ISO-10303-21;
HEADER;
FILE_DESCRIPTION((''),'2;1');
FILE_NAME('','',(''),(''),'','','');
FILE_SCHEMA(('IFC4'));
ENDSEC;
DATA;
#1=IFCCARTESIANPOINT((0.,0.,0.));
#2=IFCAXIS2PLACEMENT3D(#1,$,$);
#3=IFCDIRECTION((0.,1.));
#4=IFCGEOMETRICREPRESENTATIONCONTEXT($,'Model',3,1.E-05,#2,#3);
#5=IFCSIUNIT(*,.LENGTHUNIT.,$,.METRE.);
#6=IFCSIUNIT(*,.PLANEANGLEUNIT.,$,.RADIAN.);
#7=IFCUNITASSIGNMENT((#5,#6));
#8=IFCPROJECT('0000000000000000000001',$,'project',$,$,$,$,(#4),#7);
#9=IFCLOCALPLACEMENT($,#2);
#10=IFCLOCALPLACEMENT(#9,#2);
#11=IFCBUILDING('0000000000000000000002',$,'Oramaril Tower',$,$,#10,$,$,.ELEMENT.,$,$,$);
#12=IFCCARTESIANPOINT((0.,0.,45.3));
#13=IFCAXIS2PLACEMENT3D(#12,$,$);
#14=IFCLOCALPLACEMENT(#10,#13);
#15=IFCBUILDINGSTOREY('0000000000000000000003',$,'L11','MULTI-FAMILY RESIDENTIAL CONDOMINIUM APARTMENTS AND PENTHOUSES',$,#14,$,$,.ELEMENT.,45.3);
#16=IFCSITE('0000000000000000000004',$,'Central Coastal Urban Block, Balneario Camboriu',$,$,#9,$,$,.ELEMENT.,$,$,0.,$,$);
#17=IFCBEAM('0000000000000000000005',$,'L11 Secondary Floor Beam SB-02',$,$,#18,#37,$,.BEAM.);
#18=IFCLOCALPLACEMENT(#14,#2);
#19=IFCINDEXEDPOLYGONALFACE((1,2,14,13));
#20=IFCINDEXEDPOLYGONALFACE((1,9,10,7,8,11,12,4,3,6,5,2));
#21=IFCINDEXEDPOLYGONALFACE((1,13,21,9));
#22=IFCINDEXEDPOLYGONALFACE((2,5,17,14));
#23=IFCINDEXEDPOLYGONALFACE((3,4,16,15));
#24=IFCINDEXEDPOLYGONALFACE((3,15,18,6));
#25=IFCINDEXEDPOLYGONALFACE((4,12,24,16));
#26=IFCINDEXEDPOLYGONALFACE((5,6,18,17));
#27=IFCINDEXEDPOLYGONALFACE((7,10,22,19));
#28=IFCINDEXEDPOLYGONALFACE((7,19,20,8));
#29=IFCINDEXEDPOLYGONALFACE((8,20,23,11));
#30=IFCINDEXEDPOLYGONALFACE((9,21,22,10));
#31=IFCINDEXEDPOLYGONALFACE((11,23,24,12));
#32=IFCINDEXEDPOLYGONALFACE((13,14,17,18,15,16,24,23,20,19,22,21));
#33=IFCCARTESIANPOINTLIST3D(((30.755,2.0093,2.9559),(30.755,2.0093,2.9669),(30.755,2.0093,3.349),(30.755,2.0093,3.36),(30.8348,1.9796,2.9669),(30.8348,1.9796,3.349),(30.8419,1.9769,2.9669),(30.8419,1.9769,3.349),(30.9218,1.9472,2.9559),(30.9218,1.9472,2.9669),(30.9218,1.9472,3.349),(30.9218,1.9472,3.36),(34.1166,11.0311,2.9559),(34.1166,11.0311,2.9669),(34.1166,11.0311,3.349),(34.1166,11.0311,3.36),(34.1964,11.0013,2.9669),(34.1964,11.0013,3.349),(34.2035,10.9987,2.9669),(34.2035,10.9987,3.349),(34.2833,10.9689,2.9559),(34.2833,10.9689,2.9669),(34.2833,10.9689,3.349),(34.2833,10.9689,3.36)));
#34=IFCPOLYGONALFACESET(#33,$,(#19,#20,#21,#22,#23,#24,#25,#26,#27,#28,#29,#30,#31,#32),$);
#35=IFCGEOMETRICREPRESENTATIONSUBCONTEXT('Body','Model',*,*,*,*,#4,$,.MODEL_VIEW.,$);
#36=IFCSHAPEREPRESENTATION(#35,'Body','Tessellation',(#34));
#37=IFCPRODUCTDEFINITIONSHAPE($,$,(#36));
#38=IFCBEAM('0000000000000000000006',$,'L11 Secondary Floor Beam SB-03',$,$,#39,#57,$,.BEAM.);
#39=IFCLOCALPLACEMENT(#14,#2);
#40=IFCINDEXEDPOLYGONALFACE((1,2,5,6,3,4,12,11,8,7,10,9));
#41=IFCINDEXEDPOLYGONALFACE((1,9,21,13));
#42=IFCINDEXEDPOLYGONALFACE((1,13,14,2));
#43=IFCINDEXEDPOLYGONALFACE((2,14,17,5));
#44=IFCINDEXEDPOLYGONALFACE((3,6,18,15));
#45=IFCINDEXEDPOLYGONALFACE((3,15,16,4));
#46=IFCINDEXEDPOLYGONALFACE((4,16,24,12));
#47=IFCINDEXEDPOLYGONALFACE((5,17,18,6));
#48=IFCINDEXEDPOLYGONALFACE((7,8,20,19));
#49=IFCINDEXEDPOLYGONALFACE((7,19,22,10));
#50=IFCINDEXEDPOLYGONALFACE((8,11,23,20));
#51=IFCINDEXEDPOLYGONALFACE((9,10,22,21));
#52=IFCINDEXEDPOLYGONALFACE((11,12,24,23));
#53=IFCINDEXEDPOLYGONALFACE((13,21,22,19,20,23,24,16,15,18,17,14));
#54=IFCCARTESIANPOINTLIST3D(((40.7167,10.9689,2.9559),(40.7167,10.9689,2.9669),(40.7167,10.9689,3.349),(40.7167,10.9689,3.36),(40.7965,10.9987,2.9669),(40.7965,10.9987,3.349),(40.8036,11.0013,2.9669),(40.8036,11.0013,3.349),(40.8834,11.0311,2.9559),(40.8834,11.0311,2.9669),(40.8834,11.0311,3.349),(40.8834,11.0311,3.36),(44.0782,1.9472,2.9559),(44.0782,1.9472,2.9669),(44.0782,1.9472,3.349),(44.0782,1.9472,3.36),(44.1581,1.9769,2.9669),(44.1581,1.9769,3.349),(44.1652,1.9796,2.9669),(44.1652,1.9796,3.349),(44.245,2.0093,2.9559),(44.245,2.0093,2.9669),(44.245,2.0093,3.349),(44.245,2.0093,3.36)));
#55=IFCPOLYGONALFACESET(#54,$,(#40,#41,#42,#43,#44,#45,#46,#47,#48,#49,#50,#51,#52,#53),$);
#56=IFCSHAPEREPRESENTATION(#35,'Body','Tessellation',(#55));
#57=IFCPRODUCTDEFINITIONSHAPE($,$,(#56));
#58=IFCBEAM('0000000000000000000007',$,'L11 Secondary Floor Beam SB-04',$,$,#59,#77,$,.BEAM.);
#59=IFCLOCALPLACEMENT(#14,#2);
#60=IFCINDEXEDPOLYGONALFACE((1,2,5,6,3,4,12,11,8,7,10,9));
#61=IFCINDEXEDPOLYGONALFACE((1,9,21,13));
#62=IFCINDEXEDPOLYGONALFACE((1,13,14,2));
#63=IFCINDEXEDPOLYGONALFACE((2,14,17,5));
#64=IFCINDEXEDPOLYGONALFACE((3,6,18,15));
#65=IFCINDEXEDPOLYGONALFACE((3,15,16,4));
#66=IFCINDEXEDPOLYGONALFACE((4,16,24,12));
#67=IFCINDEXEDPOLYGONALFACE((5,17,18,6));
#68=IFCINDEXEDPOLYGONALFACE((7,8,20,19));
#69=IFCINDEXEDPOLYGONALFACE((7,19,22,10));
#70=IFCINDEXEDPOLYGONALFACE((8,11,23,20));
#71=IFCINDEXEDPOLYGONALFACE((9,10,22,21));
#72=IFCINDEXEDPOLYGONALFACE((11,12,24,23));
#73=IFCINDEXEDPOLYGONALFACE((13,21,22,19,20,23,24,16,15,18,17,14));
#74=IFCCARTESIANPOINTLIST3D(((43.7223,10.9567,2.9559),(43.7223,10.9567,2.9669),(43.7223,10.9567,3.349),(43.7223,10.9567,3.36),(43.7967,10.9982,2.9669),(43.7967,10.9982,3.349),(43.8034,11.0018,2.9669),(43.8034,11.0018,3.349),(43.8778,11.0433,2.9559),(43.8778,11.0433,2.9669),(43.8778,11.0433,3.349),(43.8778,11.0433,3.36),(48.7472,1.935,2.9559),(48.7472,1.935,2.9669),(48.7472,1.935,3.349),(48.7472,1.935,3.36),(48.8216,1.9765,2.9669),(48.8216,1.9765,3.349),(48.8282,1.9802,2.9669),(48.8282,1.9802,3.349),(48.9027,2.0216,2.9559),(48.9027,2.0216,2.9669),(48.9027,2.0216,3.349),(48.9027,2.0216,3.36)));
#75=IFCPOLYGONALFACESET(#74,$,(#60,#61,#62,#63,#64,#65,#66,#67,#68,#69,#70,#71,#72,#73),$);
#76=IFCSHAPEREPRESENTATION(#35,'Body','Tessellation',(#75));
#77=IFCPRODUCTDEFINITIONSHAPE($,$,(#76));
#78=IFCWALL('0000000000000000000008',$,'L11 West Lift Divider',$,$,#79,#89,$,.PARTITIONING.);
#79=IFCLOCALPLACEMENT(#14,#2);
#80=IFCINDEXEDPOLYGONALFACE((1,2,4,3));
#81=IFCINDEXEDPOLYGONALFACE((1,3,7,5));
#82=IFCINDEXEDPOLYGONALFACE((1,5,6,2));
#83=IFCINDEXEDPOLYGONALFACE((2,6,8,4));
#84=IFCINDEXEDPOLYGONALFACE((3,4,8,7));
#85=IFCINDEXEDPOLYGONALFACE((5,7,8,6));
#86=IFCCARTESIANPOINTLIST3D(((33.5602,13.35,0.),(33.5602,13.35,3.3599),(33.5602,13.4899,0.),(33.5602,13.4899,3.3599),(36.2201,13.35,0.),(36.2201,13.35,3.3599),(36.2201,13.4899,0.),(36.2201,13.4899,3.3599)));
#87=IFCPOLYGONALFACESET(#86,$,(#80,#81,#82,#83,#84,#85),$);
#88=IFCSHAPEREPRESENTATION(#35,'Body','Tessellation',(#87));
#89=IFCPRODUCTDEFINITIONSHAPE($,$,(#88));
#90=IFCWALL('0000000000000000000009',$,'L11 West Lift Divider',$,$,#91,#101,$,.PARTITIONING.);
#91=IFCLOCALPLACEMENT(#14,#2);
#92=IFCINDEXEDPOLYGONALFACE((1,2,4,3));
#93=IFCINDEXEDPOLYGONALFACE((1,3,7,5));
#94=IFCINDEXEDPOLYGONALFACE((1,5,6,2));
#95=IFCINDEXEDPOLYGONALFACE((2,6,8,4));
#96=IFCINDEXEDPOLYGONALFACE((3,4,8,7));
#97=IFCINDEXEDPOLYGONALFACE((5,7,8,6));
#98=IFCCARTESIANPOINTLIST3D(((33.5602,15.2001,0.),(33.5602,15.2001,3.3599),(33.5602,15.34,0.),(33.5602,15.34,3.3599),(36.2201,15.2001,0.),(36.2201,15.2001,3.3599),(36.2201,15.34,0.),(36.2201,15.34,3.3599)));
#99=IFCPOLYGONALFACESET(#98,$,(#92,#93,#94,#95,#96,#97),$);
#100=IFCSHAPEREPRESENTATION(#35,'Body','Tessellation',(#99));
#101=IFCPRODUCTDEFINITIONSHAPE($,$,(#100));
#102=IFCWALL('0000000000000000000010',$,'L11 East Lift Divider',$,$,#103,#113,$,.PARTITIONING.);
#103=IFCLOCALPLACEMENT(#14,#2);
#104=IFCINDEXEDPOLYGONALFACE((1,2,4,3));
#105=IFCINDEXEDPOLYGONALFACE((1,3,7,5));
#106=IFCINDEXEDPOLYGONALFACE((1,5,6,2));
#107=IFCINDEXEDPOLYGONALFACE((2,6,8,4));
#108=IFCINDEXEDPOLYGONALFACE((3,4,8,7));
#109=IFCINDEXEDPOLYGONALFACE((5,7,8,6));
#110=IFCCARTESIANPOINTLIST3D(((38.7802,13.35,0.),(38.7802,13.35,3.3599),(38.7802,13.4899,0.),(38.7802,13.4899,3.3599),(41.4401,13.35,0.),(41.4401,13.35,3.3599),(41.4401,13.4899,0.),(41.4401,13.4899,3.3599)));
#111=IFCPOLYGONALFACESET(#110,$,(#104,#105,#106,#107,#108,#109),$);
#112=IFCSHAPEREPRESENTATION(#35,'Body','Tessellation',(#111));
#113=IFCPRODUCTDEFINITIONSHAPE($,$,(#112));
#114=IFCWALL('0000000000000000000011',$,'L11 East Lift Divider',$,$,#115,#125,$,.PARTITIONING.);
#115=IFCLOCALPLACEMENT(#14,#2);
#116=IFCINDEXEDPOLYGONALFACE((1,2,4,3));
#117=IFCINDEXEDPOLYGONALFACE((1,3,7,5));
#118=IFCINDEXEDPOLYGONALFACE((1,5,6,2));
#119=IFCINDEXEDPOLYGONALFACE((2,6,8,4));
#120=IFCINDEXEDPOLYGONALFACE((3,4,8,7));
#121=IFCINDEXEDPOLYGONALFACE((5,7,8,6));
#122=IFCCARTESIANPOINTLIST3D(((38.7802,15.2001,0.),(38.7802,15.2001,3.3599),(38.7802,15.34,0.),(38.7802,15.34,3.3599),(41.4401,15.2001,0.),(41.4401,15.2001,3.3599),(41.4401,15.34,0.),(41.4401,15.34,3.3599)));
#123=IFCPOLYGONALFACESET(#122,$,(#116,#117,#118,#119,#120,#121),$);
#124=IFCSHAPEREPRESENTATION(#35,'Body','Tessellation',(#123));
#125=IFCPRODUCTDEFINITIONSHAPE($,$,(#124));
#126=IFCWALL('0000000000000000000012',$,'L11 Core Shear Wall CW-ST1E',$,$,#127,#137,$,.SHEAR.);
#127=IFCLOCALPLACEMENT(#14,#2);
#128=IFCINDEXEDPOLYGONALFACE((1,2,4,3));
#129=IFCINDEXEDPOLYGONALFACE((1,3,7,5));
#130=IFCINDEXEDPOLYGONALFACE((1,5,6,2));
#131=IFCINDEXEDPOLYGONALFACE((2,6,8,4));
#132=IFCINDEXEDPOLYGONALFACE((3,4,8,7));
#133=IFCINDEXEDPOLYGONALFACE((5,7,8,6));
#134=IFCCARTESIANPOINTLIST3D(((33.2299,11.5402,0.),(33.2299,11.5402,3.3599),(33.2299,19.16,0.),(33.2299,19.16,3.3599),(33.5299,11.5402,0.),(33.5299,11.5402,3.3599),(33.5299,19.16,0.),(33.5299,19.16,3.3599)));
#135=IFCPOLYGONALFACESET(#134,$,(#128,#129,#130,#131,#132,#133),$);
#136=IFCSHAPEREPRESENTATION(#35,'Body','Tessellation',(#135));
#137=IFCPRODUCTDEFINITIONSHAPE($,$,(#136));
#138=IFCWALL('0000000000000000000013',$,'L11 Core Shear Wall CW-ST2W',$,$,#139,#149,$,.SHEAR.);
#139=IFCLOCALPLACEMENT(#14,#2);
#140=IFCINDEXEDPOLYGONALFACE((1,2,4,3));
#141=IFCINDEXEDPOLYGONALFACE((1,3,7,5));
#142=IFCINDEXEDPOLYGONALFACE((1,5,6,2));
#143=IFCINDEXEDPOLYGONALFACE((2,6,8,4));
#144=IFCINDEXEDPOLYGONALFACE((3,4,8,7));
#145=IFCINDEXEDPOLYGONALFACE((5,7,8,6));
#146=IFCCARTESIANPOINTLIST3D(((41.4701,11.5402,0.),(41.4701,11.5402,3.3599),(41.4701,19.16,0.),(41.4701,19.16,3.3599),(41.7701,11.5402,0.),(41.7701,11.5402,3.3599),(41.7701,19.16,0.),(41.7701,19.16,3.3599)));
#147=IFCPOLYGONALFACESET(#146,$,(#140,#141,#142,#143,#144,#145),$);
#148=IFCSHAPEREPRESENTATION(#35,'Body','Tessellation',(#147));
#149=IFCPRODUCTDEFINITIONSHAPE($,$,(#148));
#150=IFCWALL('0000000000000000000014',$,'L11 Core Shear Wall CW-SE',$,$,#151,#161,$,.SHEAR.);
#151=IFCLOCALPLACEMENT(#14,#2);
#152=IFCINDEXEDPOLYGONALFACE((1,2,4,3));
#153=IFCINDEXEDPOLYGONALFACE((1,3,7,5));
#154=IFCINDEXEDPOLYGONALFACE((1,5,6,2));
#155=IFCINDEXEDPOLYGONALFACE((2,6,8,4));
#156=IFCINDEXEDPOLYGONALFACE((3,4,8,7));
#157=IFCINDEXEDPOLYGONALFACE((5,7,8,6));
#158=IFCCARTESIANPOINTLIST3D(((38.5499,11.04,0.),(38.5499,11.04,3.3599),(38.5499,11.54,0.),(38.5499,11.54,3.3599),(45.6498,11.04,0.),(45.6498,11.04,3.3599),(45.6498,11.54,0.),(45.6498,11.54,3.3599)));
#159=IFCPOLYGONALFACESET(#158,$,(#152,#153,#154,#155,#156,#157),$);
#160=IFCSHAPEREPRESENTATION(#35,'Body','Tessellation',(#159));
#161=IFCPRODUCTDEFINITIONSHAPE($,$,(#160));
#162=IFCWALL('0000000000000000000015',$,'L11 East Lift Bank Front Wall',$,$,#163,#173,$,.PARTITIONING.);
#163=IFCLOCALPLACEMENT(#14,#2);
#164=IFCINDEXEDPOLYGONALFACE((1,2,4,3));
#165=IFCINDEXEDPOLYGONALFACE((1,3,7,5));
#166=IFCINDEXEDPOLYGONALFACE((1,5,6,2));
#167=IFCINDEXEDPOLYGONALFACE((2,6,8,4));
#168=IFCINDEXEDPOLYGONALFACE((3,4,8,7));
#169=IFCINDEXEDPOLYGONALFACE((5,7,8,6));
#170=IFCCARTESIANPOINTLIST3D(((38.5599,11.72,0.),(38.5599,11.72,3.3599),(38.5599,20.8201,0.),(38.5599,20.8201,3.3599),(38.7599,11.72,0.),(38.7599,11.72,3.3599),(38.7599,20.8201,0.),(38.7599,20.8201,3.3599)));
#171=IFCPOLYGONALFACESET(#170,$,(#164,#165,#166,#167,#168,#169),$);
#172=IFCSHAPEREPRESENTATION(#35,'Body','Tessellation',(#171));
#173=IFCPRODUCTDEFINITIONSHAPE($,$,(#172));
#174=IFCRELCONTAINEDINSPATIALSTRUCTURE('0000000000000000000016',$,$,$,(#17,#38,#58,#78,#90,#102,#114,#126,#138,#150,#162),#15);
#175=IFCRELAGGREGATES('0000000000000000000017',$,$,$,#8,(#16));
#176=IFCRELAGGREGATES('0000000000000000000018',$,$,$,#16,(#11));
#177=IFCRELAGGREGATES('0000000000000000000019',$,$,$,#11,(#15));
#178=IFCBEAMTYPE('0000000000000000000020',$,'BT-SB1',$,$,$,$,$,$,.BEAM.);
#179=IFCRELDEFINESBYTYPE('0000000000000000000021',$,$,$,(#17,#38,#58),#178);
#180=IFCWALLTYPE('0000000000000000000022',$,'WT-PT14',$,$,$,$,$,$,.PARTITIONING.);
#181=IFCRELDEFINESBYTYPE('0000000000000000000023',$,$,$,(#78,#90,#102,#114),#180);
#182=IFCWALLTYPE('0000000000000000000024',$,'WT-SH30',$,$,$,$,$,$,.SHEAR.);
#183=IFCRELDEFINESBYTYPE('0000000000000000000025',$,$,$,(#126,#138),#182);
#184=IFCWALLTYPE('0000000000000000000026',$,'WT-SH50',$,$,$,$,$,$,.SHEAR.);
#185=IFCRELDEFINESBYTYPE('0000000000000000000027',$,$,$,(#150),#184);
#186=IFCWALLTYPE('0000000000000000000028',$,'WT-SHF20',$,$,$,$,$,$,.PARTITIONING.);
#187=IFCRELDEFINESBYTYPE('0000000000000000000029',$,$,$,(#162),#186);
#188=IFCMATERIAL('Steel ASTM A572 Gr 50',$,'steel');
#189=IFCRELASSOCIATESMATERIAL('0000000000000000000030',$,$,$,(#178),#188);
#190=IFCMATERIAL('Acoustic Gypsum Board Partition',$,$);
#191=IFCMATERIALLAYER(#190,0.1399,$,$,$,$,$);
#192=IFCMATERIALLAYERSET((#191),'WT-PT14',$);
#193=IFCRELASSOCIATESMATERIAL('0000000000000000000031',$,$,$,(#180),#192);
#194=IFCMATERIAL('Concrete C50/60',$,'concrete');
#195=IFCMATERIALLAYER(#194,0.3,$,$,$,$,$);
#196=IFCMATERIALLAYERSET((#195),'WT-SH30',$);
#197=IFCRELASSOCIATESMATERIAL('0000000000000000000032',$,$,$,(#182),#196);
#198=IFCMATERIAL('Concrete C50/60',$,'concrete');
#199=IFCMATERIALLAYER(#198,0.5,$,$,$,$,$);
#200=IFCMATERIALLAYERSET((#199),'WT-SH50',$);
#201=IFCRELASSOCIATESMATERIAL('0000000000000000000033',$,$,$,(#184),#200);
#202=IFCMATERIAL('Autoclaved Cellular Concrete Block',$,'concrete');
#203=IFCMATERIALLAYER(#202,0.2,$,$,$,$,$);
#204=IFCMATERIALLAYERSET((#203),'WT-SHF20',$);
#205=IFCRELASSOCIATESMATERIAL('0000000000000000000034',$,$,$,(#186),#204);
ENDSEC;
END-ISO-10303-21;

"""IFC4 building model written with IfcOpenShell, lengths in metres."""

from ifc_helpers import new_model, si_unit, direction, frame, frame_2d, origin, origin_2d, place, context, subcontext, project, spatial, rectangle, i_section, extrude, material, layer, layer_set, material_profile, profile_set, type_object, element, save


model = new_model("IFC4")

# Units and contexts
model_context = context("Model", 3, precision=1e-05, world=origin(), true_north=direction((0.0, 1.0)))
body_context = subcontext(model_context, "Body", "Model", "MODEL_VIEW")
ifc_project = project(units=[si_unit("LENGTHUNIT", "METRE"), si_unit("PLANEANGLEUNIT", "RADIAN")], contexts=[model_context])

# Site, building, storey
site_placement = place(None, origin())
site = spatial("IfcSite", under=ifc_project, at=site_placement, Name="Central Coastal Urban Block, Balneario Camboriu", CompositionType="ELEMENT", RefElevation=0.0)
building_placement = place(site_placement, origin())
building = spatial("IfcBuilding", under=site, at=building_placement, Name="Oramaril Tower", CompositionType="ELEMENT")
storey_placement = place(building_placement, frame((0.0, 0.0, 45.3)))
storey = spatial("IfcBuildingStorey", under=building, at=storey_placement, Name="L11", Description="MULTI-FAMILY RESIDENTIAL CONDOMINIUM APARTMENTS AND PENTHOUSES", CompositionType="ELEMENT", Elevation=45.3)

# Beams
ifc_material_1 = material(Name="Steel ASTM A572 Gr 50", Category="steel")
ifc_material_profile = material_profile(ifc_material_1, i_section(OverallWidth=0.178, OverallDepth=0.4041, WebThickness=0.0076, FlangeThickness=0.011, at=origin_2d()), Name="W16X36")
ifc_profile_set = profile_set([ifc_material_profile], Name="Steel ASTM A572 Gr 50")
beam_type = type_object("IfcBeamType", Name="BT-SB1", PredefinedType="BEAM", material=ifc_profile_set)
for number, where, z_axis, x_axis, name in (
    (1, (34.2, 11.0, 3.158), (-0.349158, -0.937064, 0.0), (0.937064, -0.349158, 0.0), "L11 Secondary Floor Beam SB-02"),
    (2, (40.8, 11.0, 3.158), (0.349158, -0.937064, 0.0), (0.937064, 0.349158, 0.0), "L11 Secondary Floor Beam SB-03"),
):
    element("IfcBeam", number, at=place(storey_placement, frame(where, z_axis=z_axis, x_axis=x_axis)), inside=storey, type_object=beam_type, Name=name, PredefinedType="BEAM", context=body_context, shape_type="SweptSolid", body=[
        extrude(i_section(OverallWidth=0.178, OverallDepth=0.4041, WebThickness=0.0076, FlangeThickness=0.011, at=origin_2d()), origin(), (0.0, 0.0, 1.0), 9.6277),
    ])
beam_placement = place(storey_placement, frame((43.8, 11.0, 3.158), z_axis=(0.486592, -0.873629, 0.0), x_axis=(0.873629, 0.486592, 0.0)))
element("IfcBeam", 3, at=beam_placement, inside=storey, type_object=beam_type, Name="L11 Secondary Floor Beam SB-04", PredefinedType="BEAM", context=body_context, shape_type="SweptSolid", body=[
    extrude(i_section(OverallWidth=0.178, OverallDepth=0.4041, WebThickness=0.0076, FlangeThickness=0.011, at=origin_2d()), origin(), (0.0, 0.0, 1.0), 10.3267),
])

# Walls
ifc_material_2 = material(Name="Acoustic Gypsum Board Partition")
ifc_layer_1 = layer(ifc_material_2, 0.1399)
ifc_layer_set_1 = layer_set([ifc_layer_1], Name="WT-PT14")
wall_type_1 = type_object("IfcWallType", Name="WT-PT14", PredefinedType="PARTITIONING", material=ifc_layer_set_1)
for number, where, z_axis, x_axis, name in (
    (4, (33.5601, 13.4199, 0.0), (0.0, 0.0, 1.0), (1.0, 0.0, 0.0), "L11 West Lift Divider"),
    (5, (33.5601, 15.27, 0.0), (0.0, 0.0, 1.0), (1.0, 0.0, 0.0), "L11 West Lift Divider"),
    (6, (38.78, 13.4199, 0.0), (0.0, 0.0, 1.0), (1.0, 0.0, 0.0), "L11 East Lift Divider"),
    (7, (38.78, 15.27, 0.0), (0.0, 0.0, 1.0), (1.0, 0.0, 0.0), "L11 East Lift Divider"),
):
    element("IfcWall", number, at=place(storey_placement, frame(where, z_axis=z_axis, x_axis=x_axis)), inside=storey, type_object=wall_type_1, Name=name, PredefinedType="PARTITIONING", context=body_context, shape_type="SweptSolid", body=[
        extrude(rectangle(XDim=2.6599, YDim=0.1399, at=frame_2d((1.3301, 0.0))), origin(), (0.0, 0.0, 1.0), 3.3599),
    ])
ifc_material_3 = material(Name="Concrete C50/60", Category="concrete")
ifc_layer_2 = layer(ifc_material_3, 0.3)
ifc_layer_set_2 = layer_set([ifc_layer_2], Name="WT-SH30")
wall_type_2 = type_object("IfcWallType", Name="WT-SH30", PredefinedType="SHEAR", material=ifc_layer_set_2)
for number, where, z_axis, x_axis, name in (
    (8, (33.3799, 11.54, 0.0), (0.0, 0.0, 1.0), (0.0, 1.0, 0.0), "L11 Core Shear Wall CW-ST1E"),
    (9, (41.6201, 11.54, 0.0), (0.0, 0.0, 1.0), (0.0, 1.0, 0.0), "L11 Core Shear Wall CW-ST2W"),
):
    element("IfcWall", number, at=place(storey_placement, frame(where, z_axis=z_axis, x_axis=x_axis)), inside=storey, type_object=wall_type_2, Name=name, PredefinedType="SHEAR", context=body_context, shape_type="SweptSolid", body=[
        extrude(rectangle(XDim=7.6199, YDim=0.3, at=frame_2d((3.8101, 0.0))), origin(), (0.0, 0.0, 1.0), 3.3599),
    ])
ifc_material_4 = material(Name="Concrete C50/60", Category="concrete")
ifc_layer_3 = layer(ifc_material_4, 0.5)
ifc_layer_set_3 = layer_set([ifc_layer_3], Name="WT-SH50")
wall_type_3 = type_object("IfcWallType", Name="WT-SH50", PredefinedType="SHEAR", material=ifc_layer_set_3)
wall_1_placement = place(storey_placement, frame((38.55, 11.29, 0.0), z_axis=(0.0, 0.0, 1.0), x_axis=(1.0, 0.0, 0.0)))
element("IfcWall", 10, at=wall_1_placement, inside=storey, type_object=wall_type_3, Name="L11 Core Shear Wall CW-SE", PredefinedType="SHEAR", context=body_context, shape_type="SweptSolid", body=[
    extrude(rectangle(XDim=7.0999, YDim=0.5, at=frame_2d((3.5498, 0.0))), origin(), (0.0, 0.0, 1.0), 3.3599),
])

# Shared definitions
ifc_material_5 = material(Name="Autoclaved Cellular Concrete Block", Category="concrete")
ifc_layer_4 = layer(ifc_material_5, 0.2)
ifc_layer_set_4 = layer_set([ifc_layer_4], Name="WT-SHF20")
wall_type_4 = type_object("IfcWallType", Name="WT-SHF20", PredefinedType="PARTITIONING", material=ifc_layer_set_4)

# Wall
wall_2_placement = place(storey_placement, frame((38.6599, 11.72, 0.0), z_axis=(0.0, 0.0, 1.0), x_axis=(0.0, 1.0, 0.0)))
element("IfcWall", 11, at=wall_2_placement, inside=storey, type_object=wall_type_4, Name="L11 East Lift Bank Front Wall", PredefinedType="PARTITIONING", context=body_context, shape_type="SweptSolid", body=[
    extrude(rectangle(XDim=9.1001, YDim=0.2, at=frame_2d((4.55, 0.0))), origin(), (0.0, 0.0, 1.0), 3.3599),
])

save(model, "model.ifc")
